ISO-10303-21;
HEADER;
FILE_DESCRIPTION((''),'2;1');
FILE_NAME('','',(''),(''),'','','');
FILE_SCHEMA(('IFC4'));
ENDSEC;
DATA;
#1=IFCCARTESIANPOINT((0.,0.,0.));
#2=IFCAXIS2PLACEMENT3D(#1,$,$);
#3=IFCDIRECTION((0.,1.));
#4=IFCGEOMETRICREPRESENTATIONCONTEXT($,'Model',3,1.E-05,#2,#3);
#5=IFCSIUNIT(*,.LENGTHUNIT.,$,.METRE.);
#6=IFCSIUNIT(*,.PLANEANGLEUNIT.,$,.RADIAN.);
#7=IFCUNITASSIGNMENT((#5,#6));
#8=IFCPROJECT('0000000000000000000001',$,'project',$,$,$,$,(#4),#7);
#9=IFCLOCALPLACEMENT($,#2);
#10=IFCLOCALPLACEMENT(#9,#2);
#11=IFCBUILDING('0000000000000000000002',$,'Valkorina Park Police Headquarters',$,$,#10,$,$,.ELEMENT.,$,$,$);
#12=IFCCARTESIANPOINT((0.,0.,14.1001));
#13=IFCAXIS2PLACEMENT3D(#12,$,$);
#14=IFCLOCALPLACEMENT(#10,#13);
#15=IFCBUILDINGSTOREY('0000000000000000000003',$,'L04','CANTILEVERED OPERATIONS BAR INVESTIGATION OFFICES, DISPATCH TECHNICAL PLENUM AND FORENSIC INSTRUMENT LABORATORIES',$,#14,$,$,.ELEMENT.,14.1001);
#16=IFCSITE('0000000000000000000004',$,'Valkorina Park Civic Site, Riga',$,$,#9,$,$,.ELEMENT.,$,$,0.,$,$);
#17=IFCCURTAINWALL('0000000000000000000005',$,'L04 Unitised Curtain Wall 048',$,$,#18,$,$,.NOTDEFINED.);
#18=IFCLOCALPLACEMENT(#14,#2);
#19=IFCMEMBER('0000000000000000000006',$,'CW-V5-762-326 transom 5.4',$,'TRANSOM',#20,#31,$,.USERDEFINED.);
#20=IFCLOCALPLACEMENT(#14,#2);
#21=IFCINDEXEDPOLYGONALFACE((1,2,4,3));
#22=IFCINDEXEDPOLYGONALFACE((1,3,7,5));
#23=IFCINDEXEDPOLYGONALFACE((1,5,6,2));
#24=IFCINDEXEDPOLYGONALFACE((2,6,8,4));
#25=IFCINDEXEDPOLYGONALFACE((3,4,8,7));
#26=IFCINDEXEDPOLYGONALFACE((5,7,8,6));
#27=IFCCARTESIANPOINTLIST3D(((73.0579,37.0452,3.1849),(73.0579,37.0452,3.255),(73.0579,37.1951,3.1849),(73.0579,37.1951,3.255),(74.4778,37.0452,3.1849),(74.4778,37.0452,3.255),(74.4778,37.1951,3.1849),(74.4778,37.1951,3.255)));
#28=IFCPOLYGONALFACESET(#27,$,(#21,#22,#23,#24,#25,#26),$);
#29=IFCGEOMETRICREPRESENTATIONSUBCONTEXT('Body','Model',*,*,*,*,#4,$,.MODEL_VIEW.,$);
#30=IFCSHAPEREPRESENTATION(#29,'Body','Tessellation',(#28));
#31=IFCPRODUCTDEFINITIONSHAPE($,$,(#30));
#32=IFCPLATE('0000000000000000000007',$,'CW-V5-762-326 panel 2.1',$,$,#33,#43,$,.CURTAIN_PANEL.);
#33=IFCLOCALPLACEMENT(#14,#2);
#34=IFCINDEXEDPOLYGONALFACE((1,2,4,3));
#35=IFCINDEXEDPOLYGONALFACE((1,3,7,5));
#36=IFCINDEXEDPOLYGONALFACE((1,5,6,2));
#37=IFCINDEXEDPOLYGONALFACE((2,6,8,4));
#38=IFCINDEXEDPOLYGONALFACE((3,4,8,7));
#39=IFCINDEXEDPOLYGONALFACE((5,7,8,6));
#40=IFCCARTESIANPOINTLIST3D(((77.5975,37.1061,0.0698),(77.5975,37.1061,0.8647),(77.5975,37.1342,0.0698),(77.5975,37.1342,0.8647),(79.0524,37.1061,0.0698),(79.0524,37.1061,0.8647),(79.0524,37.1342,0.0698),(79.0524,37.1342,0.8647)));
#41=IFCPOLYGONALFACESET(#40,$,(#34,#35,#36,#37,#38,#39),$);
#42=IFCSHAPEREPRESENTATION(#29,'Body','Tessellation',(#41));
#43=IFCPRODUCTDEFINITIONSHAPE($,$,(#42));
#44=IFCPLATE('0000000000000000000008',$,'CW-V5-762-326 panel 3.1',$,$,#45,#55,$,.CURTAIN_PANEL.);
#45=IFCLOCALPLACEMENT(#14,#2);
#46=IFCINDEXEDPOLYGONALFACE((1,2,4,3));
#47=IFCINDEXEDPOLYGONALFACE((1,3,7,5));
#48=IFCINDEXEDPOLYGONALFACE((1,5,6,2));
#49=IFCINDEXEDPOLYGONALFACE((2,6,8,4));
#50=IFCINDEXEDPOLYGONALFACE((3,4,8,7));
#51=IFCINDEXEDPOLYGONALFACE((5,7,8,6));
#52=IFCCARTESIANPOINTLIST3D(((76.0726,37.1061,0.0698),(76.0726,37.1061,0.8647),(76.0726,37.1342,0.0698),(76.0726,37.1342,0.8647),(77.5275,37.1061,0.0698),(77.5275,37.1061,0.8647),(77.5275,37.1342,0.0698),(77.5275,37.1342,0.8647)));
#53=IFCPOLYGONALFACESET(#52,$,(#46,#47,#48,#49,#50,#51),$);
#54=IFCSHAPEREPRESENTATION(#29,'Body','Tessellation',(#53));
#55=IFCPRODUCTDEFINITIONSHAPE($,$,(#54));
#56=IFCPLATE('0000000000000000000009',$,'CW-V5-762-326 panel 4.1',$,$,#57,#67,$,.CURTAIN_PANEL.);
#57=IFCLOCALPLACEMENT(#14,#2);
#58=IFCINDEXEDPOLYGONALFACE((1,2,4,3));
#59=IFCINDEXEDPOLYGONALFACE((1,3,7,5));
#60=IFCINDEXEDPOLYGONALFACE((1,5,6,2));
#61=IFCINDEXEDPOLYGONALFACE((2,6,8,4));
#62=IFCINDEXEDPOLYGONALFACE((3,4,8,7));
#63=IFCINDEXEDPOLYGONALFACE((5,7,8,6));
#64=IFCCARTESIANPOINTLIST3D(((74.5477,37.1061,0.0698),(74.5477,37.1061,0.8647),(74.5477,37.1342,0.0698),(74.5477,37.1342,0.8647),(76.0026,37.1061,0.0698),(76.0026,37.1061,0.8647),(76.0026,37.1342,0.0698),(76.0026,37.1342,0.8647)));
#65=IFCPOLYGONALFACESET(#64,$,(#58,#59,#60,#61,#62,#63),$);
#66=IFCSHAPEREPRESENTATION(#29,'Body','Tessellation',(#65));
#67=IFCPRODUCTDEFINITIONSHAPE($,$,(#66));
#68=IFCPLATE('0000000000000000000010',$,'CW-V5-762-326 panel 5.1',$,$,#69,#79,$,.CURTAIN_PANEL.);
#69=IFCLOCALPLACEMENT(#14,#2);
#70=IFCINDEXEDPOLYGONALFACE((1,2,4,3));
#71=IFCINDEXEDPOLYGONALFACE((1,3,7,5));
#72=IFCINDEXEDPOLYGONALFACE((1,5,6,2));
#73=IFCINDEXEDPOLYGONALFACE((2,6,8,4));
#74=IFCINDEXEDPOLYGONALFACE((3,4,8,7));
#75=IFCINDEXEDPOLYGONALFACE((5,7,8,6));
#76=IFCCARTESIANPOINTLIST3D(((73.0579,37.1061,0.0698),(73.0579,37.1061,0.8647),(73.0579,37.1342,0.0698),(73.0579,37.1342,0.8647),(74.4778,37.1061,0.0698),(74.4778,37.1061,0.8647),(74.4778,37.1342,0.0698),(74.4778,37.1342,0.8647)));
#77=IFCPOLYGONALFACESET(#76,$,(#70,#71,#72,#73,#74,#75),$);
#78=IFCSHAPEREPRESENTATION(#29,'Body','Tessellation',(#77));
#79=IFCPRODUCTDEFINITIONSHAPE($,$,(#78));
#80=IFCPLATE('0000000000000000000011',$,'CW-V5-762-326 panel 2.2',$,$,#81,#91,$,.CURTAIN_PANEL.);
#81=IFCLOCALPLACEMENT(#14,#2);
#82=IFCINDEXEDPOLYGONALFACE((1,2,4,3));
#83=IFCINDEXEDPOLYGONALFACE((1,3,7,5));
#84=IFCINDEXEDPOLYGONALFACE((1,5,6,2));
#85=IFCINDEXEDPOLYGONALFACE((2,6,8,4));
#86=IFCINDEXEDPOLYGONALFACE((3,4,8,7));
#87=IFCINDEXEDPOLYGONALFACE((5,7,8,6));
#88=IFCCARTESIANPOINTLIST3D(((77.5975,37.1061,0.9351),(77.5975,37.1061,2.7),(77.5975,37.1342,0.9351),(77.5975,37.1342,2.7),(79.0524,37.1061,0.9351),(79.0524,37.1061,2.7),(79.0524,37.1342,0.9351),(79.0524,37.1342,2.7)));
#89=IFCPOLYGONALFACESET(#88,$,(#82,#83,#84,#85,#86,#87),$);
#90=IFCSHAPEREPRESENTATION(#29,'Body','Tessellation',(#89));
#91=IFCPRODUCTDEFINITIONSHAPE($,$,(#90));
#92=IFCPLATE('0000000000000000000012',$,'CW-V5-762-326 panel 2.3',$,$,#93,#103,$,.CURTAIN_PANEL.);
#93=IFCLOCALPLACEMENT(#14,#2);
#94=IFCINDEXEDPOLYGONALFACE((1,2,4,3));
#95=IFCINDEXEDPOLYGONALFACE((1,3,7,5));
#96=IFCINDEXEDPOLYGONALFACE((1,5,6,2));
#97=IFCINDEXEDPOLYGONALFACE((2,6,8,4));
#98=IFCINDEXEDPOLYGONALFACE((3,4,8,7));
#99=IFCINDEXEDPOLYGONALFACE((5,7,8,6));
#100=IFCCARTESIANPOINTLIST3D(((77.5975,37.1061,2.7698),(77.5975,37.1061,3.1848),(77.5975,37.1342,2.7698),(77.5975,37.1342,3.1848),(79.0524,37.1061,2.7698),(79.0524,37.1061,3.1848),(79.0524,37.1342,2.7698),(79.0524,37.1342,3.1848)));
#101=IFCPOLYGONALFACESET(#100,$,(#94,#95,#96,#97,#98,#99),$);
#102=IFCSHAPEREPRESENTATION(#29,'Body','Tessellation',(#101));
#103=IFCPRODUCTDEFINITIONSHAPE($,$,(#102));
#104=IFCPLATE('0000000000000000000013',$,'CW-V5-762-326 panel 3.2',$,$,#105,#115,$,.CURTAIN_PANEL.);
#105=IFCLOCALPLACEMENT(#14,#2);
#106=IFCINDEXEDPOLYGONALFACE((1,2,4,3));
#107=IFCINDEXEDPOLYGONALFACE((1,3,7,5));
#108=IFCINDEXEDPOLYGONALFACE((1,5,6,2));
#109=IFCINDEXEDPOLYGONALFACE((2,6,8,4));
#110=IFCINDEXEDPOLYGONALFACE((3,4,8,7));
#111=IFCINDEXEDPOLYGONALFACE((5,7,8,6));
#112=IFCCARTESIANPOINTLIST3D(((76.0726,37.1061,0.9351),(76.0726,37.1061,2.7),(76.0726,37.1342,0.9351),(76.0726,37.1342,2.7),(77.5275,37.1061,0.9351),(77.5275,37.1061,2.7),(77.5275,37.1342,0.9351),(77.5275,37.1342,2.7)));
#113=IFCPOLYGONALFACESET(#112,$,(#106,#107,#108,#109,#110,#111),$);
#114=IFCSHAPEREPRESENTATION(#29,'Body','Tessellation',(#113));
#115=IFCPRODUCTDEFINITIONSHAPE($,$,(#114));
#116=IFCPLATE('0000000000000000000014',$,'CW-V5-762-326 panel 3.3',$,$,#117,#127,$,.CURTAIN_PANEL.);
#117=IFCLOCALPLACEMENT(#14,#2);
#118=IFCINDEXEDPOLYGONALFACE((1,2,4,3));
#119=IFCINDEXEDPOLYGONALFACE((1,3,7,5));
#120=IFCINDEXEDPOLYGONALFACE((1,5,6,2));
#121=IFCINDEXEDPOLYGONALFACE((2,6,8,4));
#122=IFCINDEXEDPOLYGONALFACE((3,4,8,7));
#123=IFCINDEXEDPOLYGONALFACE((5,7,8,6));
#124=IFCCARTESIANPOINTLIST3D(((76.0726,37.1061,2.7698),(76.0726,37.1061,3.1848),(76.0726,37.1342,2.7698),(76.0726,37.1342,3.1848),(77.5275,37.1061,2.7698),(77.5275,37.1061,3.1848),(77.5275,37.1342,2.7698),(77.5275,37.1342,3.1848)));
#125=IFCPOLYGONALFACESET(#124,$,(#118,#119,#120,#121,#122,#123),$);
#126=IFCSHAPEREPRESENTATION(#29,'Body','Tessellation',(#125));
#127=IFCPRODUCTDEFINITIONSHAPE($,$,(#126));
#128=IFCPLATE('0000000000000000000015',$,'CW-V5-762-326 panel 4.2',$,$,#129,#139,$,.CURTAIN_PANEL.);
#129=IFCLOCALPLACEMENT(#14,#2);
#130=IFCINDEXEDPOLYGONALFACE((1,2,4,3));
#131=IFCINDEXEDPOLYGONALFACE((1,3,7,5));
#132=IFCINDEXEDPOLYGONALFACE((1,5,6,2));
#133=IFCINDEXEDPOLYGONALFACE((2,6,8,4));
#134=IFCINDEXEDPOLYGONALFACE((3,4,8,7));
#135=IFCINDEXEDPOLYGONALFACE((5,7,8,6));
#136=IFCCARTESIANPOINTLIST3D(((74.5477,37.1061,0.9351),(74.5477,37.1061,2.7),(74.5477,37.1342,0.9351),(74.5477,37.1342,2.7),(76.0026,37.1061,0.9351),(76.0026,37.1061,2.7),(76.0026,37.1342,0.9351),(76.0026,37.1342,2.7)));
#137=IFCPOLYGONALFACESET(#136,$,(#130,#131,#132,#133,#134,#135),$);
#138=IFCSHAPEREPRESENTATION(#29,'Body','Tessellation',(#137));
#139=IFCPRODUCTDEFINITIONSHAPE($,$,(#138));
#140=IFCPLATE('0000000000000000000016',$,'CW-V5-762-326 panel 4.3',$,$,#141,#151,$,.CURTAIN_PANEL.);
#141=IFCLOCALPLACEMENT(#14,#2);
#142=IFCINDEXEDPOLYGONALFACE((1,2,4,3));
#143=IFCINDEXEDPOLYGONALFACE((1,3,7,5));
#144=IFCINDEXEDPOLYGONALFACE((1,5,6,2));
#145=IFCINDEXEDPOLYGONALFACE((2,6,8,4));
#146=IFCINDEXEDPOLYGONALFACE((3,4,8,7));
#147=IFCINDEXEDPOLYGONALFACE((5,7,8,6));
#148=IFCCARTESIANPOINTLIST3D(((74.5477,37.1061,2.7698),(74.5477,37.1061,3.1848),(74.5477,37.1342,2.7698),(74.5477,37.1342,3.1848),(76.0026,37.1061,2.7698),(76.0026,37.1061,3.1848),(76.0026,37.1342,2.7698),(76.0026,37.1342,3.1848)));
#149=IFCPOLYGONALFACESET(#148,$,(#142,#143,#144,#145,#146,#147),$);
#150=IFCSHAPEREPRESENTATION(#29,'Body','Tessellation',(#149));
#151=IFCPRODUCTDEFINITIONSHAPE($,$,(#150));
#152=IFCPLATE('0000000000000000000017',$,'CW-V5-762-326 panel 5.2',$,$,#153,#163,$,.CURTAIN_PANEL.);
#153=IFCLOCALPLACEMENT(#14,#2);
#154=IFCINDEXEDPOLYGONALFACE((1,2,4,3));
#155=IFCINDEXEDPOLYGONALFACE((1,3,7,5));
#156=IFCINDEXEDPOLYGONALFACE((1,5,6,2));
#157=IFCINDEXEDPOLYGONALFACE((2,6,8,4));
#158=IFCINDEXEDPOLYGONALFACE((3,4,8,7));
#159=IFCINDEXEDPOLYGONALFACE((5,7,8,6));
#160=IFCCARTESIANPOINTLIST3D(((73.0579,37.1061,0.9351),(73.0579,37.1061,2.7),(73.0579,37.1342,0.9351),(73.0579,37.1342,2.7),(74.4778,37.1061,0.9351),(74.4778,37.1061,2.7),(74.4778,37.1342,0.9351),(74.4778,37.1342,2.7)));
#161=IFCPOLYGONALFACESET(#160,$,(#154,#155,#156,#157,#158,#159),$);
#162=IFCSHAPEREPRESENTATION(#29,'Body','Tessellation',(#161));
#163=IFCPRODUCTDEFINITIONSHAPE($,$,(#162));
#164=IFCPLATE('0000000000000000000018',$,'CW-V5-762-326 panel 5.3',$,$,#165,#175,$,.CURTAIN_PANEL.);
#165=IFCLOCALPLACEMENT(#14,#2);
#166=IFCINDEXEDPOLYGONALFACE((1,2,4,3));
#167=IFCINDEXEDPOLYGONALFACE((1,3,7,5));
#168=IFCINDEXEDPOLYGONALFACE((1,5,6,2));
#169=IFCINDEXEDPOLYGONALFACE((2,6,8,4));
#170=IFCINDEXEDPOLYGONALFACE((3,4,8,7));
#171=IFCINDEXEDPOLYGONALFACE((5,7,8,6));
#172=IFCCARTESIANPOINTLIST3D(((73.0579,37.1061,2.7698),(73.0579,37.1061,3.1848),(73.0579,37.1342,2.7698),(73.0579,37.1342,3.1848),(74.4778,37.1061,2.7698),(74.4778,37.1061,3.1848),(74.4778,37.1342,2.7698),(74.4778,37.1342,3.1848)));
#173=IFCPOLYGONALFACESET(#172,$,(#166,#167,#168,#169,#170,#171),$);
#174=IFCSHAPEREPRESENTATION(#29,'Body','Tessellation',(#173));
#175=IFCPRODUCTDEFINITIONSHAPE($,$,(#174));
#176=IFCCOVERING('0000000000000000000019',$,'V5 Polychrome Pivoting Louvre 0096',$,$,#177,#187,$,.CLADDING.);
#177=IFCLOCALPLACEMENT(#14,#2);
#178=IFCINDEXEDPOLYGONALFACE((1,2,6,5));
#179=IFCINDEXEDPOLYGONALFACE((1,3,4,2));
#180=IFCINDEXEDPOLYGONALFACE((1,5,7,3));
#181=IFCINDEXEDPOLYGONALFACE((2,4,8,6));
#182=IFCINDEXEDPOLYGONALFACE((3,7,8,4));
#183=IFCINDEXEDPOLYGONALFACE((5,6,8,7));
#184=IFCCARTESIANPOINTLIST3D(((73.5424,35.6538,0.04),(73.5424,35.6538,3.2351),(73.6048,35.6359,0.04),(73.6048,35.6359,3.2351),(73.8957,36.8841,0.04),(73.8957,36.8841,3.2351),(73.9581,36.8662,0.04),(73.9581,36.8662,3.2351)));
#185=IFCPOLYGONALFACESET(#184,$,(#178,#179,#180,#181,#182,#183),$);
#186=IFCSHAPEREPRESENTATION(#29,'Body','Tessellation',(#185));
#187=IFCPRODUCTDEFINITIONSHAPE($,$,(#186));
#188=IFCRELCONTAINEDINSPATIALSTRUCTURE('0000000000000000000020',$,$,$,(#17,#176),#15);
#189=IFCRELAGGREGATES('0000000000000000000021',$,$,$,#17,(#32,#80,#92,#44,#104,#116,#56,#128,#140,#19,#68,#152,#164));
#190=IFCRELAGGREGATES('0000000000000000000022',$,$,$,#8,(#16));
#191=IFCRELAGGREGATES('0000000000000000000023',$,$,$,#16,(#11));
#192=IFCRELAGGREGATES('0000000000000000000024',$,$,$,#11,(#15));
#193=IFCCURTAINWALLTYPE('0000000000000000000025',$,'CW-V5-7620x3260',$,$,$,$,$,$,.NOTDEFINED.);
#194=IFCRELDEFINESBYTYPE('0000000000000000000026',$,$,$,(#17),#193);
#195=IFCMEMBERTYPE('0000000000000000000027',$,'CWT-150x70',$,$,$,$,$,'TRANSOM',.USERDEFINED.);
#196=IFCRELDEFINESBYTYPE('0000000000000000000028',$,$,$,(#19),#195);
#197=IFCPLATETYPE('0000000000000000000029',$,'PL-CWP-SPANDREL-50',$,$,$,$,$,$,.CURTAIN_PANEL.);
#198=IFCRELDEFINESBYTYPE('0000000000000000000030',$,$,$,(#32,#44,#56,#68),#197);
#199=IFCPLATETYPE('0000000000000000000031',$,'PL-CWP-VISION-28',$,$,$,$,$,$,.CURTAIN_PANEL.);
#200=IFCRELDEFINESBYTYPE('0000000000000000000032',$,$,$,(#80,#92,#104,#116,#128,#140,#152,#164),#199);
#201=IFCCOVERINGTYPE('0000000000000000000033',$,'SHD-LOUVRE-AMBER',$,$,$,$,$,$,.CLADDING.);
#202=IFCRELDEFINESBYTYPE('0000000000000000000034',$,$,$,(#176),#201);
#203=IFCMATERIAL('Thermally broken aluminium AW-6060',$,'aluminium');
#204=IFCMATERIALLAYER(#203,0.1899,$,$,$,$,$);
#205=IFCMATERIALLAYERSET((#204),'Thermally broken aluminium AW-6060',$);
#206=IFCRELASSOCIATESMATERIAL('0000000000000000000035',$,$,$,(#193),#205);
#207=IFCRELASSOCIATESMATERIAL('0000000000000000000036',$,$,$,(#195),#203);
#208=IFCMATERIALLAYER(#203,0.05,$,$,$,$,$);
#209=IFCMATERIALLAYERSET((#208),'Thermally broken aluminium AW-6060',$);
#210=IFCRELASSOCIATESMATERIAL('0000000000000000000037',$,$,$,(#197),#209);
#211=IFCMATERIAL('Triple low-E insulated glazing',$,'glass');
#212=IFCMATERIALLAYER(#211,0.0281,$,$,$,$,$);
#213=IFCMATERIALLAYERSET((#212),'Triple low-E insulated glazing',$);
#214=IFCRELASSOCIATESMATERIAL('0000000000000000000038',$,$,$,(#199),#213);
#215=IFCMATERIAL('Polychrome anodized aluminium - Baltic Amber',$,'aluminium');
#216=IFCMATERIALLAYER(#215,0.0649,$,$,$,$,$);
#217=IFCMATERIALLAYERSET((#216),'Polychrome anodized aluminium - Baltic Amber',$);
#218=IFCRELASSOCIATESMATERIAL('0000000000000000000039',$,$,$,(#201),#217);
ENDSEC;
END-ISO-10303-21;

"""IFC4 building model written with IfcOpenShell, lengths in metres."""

from ifc_helpers import new_model, si_unit, direction, frame, origin, origin_2d, place, context, subcontext, project, spatial, rectangle, extrude, material, layer, layer_set, material_profile, profile_set, type_object, element, aggregate, save


model = new_model("IFC4")

# Units and contexts
model_context = context("Model", 3, precision=1e-05, world=origin(), true_north=direction((0.0, 1.0)))
body_context = subcontext(model_context, "Body", "Model", "MODEL_VIEW")
ifc_project = project(units=[si_unit("LENGTHUNIT", "METRE"), si_unit("PLANEANGLEUNIT", "RADIAN")], contexts=[model_context])

# Site, building, storey
site_placement = place(None, origin())
site = spatial("IfcSite", under=ifc_project, at=site_placement, Name="Valkorina Park Civic Site, Riga", CompositionType="ELEMENT", RefElevation=0.0)
building_placement = place(site_placement, origin())
building = spatial("IfcBuilding", under=site, at=building_placement, Name="Valkorina Park Police Headquarters", CompositionType="ELEMENT")
storey_placement = place(building_placement, frame((0.0, 0.0, 14.1001)))
storey = spatial("IfcBuildingStorey", under=building, at=storey_placement, Name="L04", Description="CANTILEVERED OPERATIONS BAR INVESTIGATION OFFICES, DISPATCH TECHNICAL PLENUM AND FORENSIC INSTRUMENT LABORATORIES", CompositionType="ELEMENT", Elevation=14.1001)

# Curtain wall, member, plates
ifc_material_1 = material(Name="Thermally broken aluminium AW-6060", Category="aluminium")
ifc_layer_1 = layer(ifc_material_1, 0.1899)
ifc_layer_set_1 = layer_set([ifc_layer_1], Name="Thermally broken aluminium AW-6060")
curtain_wall_type = type_object("IfcCurtainWallType", Name="CW-V5-7620x3260", PredefinedType="NOTDEFINED", material=ifc_layer_set_1)
curtain_wall_placement = place(storey_placement, origin())
curtain_wall = element("IfcCurtainWall", 1, at=curtain_wall_placement, inside=storey, type_object=curtain_wall_type, Name="L04 Unitised Curtain Wall 048", PredefinedType="NOTDEFINED")
ifc_material_profile_1 = material_profile(ifc_material_1, rectangle(XDim=0.1499, YDim=0.0701, at=origin_2d()), Name="CWT-02 150x70")
ifc_profile_set_1 = profile_set([ifc_material_profile_1], Name="Thermally broken aluminium AW-6060")
member_type_1 = type_object("IfcMemberType", Name="CWT-150x70", ElementType="TRANSOM", PredefinedType="USERDEFINED", material=ifc_profile_set_1)
member_1_placement = place(storey_placement, frame((74.4778, 37.1201, 3.22), z_axis=(-1.0, 0.0, 0.0), x_axis=(0.0, -1.0, 0.0)))
member_1 = element("IfcMember", 2, at=member_1_placement, type_object=member_type_1, Name="CW-V5-762-326 transom 5.4", ObjectType="TRANSOM", PredefinedType="USERDEFINED", context=body_context, shape_type="SweptSolid", body=[
    extrude(rectangle(XDim=0.1499, YDim=0.0701, at=origin_2d()), origin(), (0.0, 0.0, 1.0), 1.4199),
])
ifc_layer_2 = layer(ifc_material_1, 0.05)
ifc_layer_set_2 = layer_set([ifc_layer_2], Name="Thermally broken aluminium AW-6060")
plate_type_1 = type_object("IfcPlateType", Name="PL-CWP-SPANDREL-50", PredefinedType="CURTAIN_PANEL", material=ifc_layer_set_2)
plate_1_placement = place(storey_placement, frame((78.325, 37.1201, 0.0698), z_axis=(0.0, 0.0, 1.0), x_axis=(-1.0, 0.0, 0.0)))
plate_1 = element("IfcPlate", 3, at=plate_1_placement, type_object=plate_type_1, Name="CW-V5-762-326 panel 2.1", PredefinedType="CURTAIN_PANEL", context=body_context, shape_type="SweptSolid", body=[
    extrude(rectangle(XDim=1.4548, YDim=0.0281, at=origin_2d()), origin(), (0.0, 0.0, 1.0), 0.7949),
])
plate_2_placement = place(storey_placement, frame((76.8, 37.1201, 0.0698), z_axis=(0.0, 0.0, 1.0), x_axis=(-1.0, 0.0, 0.0)))
plate_2 = element("IfcPlate", 4, at=plate_2_placement, type_object=plate_type_1, Name="CW-V5-762-326 panel 3.1", PredefinedType="CURTAIN_PANEL", context=body_context, shape_type="SweptSolid", body=[
    extrude(rectangle(XDim=1.4548, YDim=0.0281, at=origin_2d()), origin(), (0.0, 0.0, 1.0), 0.7949),
])
plate_3_placement = place(storey_placement, frame((75.2751, 37.1201, 0.0698), z_axis=(0.0, 0.0, 1.0), x_axis=(-1.0, 0.0, 0.0)))
plate_3 = element("IfcPlate", 5, at=plate_3_placement, type_object=plate_type_1, Name="CW-V5-762-326 panel 4.1", PredefinedType="CURTAIN_PANEL", context=body_context, shape_type="SweptSolid", body=[
    extrude(rectangle(XDim=1.4548, YDim=0.0281, at=origin_2d()), origin(), (0.0, 0.0, 1.0), 0.7949),
])
plate_4_placement = place(storey_placement, frame((73.7678, 37.1201, 0.0698), z_axis=(0.0, 0.0, 1.0), x_axis=(-1.0, 0.0, 0.0)))
plate_4 = element("IfcPlate", 6, at=plate_4_placement, type_object=plate_type_1, Name="CW-V5-762-326 panel 5.1", PredefinedType="CURTAIN_PANEL", context=body_context, shape_type="SweptSolid", body=[
    extrude(rectangle(XDim=1.4199, YDim=0.0281, at=origin_2d()), origin(), (0.0, 0.0, 1.0), 0.7949),
])
ifc_material_2 = material(Name="Triple low-E insulated glazing", Category="glass")
ifc_layer_3 = layer(ifc_material_2, 0.0281)
ifc_layer_set_3 = layer_set([ifc_layer_3], Name="Triple low-E insulated glazing")
plate_type_2 = type_object("IfcPlateType", Name="PL-CWP-VISION-28", PredefinedType="CURTAIN_PANEL", material=ifc_layer_set_3)
plate_5_placement = place(storey_placement, frame((78.325, 37.1201, 0.9351), z_axis=(0.0, 0.0, 1.0), x_axis=(-1.0, 0.0, 0.0)))
plate_5 = element("IfcPlate", 7, at=plate_5_placement, type_object=plate_type_2, Name="CW-V5-762-326 panel 2.2", PredefinedType="CURTAIN_PANEL", context=body_context, shape_type="SweptSolid", body=[
    extrude(rectangle(XDim=1.4548, YDim=0.0281, at=origin_2d()), origin(), (0.0, 0.0, 1.0), 1.7649),
])
plate_6_placement = place(storey_placement, frame((78.325, 37.1201, 2.7698), z_axis=(0.0, 0.0, 1.0), x_axis=(-1.0, 0.0, 0.0)))
plate_6 = element("IfcPlate", 8, at=plate_6_placement, type_object=plate_type_2, Name="CW-V5-762-326 panel 2.3", PredefinedType="CURTAIN_PANEL", context=body_context, shape_type="SweptSolid", body=[
    extrude(rectangle(XDim=1.4548, YDim=0.0281, at=origin_2d()), origin(), (0.0, 0.0, 1.0), 0.415),
])
plate_7_placement = place(storey_placement, frame((76.8, 37.1201, 0.9351), z_axis=(0.0, 0.0, 1.0), x_axis=(-1.0, 0.0, 0.0)))
plate_7 = element("IfcPlate", 9, at=plate_7_placement, type_object=plate_type_2, Name="CW-V5-762-326 panel 3.2", PredefinedType="CURTAIN_PANEL", context=body_context, shape_type="SweptSolid", body=[
    extrude(rectangle(XDim=1.4548, YDim=0.0281, at=origin_2d()), origin(), (0.0, 0.0, 1.0), 1.7649),
])
plate_8_placement = place(storey_placement, frame((76.8, 37.1201, 2.7698), z_axis=(0.0, 0.0, 1.0), x_axis=(-1.0, 0.0, 0.0)))
plate_8 = element("IfcPlate", 10, at=plate_8_placement, type_object=plate_type_2, Name="CW-V5-762-326 panel 3.3", PredefinedType="CURTAIN_PANEL", context=body_context, shape_type="SweptSolid", body=[
    extrude(rectangle(XDim=1.4548, YDim=0.0281, at=origin_2d()), origin(), (0.0, 0.0, 1.0), 0.415),
])
plate_9_placement = place(storey_placement, frame((75.2751, 37.1201, 0.9351), z_axis=(0.0, 0.0, 1.0), x_axis=(-1.0, 0.0, 0.0)))
plate_9 = element("IfcPlate", 11, at=plate_9_placement, type_object=plate_type_2, Name="CW-V5-762-326 panel 4.2", PredefinedType="CURTAIN_PANEL", context=body_context, shape_type="SweptSolid", body=[
    extrude(rectangle(XDim=1.4548, YDim=0.0281, at=origin_2d()), origin(), (0.0, 0.0, 1.0), 1.7649),
])
plate_10_placement = place(storey_placement, frame((75.2751, 37.1201, 2.7698), z_axis=(0.0, 0.0, 1.0), x_axis=(-1.0, 0.0, 0.0)))
plate_10 = element("IfcPlate", 12, at=plate_10_placement, type_object=plate_type_2, Name="CW-V5-762-326 panel 4.3", PredefinedType="CURTAIN_PANEL", context=body_context, shape_type="SweptSolid", body=[
    extrude(rectangle(XDim=1.4548, YDim=0.0281, at=origin_2d()), origin(), (0.0, 0.0, 1.0), 0.415),
])
plate_11_placement = place(storey_placement, frame((73.7678, 37.1201, 0.9351), z_axis=(0.0, 0.0, 1.0), x_axis=(-1.0, 0.0, 0.0)))
plate_11 = element("IfcPlate", 13, at=plate_11_placement, type_object=plate_type_2, Name="CW-V5-762-326 panel 5.2", PredefinedType="CURTAIN_PANEL", context=body_context, shape_type="SweptSolid", body=[
    extrude(rectangle(XDim=1.4199, YDim=0.0281, at=origin_2d()), origin(), (0.0, 0.0, 1.0), 1.7649),
])
plate_12_placement = place(storey_placement, frame((73.7678, 37.1201, 2.7698), z_axis=(0.0, 0.0, 1.0), x_axis=(-1.0, 0.0, 0.0)))
plate_12 = element("IfcPlate", 14, at=plate_12_placement, type_object=plate_type_2, Name="CW-V5-762-326 panel 5.3", PredefinedType="CURTAIN_PANEL", context=body_context, shape_type="SweptSolid", body=[
    extrude(rectangle(XDim=1.4199, YDim=0.0281, at=origin_2d()), origin(), (0.0, 0.0, 1.0), 0.415),
])
aggregate(curtain_wall, [plate_1, plate_5, plate_6, plate_2, plate_7, plate_8, plate_3, plate_9, plate_10, member_1, plate_4, plate_11, plate_12])

# Covering
ifc_material_3 = material(Name="Polychrome anodized aluminium - Baltic Amber", Category="aluminium")
ifc_layer_4 = layer(ifc_material_3, 0.0649)
ifc_layer_set_4 = layer_set([ifc_layer_4], Name="Polychrome anodized aluminium - Baltic Amber")
covering_type_1 = type_object("IfcCoveringType", Name="SHD-LOUVRE-AMBER", PredefinedType="CLADDING", material=ifc_layer_set_4)
covering_1_placement = place(storey_placement, frame((73.7502, 36.26, 0.04), z_axis=(0.0, 0.0, 1.0), x_axis=(-0.275973, -0.961165, 0.0)))
element("IfcCovering", 15, at=covering_1_placement, inside=storey, type_object=covering_type_1, Name="V5 Polychrome Pivoting Louvre 0096", PredefinedType="CLADDING", context=body_context, shape_type="SweptSolid", body=[
    extrude(rectangle(XDim=1.28, YDim=0.0649, at=origin_2d()), origin(), (0.0, 0.0, 1.0), 3.1951),
])

save(model, "model.ifc")
